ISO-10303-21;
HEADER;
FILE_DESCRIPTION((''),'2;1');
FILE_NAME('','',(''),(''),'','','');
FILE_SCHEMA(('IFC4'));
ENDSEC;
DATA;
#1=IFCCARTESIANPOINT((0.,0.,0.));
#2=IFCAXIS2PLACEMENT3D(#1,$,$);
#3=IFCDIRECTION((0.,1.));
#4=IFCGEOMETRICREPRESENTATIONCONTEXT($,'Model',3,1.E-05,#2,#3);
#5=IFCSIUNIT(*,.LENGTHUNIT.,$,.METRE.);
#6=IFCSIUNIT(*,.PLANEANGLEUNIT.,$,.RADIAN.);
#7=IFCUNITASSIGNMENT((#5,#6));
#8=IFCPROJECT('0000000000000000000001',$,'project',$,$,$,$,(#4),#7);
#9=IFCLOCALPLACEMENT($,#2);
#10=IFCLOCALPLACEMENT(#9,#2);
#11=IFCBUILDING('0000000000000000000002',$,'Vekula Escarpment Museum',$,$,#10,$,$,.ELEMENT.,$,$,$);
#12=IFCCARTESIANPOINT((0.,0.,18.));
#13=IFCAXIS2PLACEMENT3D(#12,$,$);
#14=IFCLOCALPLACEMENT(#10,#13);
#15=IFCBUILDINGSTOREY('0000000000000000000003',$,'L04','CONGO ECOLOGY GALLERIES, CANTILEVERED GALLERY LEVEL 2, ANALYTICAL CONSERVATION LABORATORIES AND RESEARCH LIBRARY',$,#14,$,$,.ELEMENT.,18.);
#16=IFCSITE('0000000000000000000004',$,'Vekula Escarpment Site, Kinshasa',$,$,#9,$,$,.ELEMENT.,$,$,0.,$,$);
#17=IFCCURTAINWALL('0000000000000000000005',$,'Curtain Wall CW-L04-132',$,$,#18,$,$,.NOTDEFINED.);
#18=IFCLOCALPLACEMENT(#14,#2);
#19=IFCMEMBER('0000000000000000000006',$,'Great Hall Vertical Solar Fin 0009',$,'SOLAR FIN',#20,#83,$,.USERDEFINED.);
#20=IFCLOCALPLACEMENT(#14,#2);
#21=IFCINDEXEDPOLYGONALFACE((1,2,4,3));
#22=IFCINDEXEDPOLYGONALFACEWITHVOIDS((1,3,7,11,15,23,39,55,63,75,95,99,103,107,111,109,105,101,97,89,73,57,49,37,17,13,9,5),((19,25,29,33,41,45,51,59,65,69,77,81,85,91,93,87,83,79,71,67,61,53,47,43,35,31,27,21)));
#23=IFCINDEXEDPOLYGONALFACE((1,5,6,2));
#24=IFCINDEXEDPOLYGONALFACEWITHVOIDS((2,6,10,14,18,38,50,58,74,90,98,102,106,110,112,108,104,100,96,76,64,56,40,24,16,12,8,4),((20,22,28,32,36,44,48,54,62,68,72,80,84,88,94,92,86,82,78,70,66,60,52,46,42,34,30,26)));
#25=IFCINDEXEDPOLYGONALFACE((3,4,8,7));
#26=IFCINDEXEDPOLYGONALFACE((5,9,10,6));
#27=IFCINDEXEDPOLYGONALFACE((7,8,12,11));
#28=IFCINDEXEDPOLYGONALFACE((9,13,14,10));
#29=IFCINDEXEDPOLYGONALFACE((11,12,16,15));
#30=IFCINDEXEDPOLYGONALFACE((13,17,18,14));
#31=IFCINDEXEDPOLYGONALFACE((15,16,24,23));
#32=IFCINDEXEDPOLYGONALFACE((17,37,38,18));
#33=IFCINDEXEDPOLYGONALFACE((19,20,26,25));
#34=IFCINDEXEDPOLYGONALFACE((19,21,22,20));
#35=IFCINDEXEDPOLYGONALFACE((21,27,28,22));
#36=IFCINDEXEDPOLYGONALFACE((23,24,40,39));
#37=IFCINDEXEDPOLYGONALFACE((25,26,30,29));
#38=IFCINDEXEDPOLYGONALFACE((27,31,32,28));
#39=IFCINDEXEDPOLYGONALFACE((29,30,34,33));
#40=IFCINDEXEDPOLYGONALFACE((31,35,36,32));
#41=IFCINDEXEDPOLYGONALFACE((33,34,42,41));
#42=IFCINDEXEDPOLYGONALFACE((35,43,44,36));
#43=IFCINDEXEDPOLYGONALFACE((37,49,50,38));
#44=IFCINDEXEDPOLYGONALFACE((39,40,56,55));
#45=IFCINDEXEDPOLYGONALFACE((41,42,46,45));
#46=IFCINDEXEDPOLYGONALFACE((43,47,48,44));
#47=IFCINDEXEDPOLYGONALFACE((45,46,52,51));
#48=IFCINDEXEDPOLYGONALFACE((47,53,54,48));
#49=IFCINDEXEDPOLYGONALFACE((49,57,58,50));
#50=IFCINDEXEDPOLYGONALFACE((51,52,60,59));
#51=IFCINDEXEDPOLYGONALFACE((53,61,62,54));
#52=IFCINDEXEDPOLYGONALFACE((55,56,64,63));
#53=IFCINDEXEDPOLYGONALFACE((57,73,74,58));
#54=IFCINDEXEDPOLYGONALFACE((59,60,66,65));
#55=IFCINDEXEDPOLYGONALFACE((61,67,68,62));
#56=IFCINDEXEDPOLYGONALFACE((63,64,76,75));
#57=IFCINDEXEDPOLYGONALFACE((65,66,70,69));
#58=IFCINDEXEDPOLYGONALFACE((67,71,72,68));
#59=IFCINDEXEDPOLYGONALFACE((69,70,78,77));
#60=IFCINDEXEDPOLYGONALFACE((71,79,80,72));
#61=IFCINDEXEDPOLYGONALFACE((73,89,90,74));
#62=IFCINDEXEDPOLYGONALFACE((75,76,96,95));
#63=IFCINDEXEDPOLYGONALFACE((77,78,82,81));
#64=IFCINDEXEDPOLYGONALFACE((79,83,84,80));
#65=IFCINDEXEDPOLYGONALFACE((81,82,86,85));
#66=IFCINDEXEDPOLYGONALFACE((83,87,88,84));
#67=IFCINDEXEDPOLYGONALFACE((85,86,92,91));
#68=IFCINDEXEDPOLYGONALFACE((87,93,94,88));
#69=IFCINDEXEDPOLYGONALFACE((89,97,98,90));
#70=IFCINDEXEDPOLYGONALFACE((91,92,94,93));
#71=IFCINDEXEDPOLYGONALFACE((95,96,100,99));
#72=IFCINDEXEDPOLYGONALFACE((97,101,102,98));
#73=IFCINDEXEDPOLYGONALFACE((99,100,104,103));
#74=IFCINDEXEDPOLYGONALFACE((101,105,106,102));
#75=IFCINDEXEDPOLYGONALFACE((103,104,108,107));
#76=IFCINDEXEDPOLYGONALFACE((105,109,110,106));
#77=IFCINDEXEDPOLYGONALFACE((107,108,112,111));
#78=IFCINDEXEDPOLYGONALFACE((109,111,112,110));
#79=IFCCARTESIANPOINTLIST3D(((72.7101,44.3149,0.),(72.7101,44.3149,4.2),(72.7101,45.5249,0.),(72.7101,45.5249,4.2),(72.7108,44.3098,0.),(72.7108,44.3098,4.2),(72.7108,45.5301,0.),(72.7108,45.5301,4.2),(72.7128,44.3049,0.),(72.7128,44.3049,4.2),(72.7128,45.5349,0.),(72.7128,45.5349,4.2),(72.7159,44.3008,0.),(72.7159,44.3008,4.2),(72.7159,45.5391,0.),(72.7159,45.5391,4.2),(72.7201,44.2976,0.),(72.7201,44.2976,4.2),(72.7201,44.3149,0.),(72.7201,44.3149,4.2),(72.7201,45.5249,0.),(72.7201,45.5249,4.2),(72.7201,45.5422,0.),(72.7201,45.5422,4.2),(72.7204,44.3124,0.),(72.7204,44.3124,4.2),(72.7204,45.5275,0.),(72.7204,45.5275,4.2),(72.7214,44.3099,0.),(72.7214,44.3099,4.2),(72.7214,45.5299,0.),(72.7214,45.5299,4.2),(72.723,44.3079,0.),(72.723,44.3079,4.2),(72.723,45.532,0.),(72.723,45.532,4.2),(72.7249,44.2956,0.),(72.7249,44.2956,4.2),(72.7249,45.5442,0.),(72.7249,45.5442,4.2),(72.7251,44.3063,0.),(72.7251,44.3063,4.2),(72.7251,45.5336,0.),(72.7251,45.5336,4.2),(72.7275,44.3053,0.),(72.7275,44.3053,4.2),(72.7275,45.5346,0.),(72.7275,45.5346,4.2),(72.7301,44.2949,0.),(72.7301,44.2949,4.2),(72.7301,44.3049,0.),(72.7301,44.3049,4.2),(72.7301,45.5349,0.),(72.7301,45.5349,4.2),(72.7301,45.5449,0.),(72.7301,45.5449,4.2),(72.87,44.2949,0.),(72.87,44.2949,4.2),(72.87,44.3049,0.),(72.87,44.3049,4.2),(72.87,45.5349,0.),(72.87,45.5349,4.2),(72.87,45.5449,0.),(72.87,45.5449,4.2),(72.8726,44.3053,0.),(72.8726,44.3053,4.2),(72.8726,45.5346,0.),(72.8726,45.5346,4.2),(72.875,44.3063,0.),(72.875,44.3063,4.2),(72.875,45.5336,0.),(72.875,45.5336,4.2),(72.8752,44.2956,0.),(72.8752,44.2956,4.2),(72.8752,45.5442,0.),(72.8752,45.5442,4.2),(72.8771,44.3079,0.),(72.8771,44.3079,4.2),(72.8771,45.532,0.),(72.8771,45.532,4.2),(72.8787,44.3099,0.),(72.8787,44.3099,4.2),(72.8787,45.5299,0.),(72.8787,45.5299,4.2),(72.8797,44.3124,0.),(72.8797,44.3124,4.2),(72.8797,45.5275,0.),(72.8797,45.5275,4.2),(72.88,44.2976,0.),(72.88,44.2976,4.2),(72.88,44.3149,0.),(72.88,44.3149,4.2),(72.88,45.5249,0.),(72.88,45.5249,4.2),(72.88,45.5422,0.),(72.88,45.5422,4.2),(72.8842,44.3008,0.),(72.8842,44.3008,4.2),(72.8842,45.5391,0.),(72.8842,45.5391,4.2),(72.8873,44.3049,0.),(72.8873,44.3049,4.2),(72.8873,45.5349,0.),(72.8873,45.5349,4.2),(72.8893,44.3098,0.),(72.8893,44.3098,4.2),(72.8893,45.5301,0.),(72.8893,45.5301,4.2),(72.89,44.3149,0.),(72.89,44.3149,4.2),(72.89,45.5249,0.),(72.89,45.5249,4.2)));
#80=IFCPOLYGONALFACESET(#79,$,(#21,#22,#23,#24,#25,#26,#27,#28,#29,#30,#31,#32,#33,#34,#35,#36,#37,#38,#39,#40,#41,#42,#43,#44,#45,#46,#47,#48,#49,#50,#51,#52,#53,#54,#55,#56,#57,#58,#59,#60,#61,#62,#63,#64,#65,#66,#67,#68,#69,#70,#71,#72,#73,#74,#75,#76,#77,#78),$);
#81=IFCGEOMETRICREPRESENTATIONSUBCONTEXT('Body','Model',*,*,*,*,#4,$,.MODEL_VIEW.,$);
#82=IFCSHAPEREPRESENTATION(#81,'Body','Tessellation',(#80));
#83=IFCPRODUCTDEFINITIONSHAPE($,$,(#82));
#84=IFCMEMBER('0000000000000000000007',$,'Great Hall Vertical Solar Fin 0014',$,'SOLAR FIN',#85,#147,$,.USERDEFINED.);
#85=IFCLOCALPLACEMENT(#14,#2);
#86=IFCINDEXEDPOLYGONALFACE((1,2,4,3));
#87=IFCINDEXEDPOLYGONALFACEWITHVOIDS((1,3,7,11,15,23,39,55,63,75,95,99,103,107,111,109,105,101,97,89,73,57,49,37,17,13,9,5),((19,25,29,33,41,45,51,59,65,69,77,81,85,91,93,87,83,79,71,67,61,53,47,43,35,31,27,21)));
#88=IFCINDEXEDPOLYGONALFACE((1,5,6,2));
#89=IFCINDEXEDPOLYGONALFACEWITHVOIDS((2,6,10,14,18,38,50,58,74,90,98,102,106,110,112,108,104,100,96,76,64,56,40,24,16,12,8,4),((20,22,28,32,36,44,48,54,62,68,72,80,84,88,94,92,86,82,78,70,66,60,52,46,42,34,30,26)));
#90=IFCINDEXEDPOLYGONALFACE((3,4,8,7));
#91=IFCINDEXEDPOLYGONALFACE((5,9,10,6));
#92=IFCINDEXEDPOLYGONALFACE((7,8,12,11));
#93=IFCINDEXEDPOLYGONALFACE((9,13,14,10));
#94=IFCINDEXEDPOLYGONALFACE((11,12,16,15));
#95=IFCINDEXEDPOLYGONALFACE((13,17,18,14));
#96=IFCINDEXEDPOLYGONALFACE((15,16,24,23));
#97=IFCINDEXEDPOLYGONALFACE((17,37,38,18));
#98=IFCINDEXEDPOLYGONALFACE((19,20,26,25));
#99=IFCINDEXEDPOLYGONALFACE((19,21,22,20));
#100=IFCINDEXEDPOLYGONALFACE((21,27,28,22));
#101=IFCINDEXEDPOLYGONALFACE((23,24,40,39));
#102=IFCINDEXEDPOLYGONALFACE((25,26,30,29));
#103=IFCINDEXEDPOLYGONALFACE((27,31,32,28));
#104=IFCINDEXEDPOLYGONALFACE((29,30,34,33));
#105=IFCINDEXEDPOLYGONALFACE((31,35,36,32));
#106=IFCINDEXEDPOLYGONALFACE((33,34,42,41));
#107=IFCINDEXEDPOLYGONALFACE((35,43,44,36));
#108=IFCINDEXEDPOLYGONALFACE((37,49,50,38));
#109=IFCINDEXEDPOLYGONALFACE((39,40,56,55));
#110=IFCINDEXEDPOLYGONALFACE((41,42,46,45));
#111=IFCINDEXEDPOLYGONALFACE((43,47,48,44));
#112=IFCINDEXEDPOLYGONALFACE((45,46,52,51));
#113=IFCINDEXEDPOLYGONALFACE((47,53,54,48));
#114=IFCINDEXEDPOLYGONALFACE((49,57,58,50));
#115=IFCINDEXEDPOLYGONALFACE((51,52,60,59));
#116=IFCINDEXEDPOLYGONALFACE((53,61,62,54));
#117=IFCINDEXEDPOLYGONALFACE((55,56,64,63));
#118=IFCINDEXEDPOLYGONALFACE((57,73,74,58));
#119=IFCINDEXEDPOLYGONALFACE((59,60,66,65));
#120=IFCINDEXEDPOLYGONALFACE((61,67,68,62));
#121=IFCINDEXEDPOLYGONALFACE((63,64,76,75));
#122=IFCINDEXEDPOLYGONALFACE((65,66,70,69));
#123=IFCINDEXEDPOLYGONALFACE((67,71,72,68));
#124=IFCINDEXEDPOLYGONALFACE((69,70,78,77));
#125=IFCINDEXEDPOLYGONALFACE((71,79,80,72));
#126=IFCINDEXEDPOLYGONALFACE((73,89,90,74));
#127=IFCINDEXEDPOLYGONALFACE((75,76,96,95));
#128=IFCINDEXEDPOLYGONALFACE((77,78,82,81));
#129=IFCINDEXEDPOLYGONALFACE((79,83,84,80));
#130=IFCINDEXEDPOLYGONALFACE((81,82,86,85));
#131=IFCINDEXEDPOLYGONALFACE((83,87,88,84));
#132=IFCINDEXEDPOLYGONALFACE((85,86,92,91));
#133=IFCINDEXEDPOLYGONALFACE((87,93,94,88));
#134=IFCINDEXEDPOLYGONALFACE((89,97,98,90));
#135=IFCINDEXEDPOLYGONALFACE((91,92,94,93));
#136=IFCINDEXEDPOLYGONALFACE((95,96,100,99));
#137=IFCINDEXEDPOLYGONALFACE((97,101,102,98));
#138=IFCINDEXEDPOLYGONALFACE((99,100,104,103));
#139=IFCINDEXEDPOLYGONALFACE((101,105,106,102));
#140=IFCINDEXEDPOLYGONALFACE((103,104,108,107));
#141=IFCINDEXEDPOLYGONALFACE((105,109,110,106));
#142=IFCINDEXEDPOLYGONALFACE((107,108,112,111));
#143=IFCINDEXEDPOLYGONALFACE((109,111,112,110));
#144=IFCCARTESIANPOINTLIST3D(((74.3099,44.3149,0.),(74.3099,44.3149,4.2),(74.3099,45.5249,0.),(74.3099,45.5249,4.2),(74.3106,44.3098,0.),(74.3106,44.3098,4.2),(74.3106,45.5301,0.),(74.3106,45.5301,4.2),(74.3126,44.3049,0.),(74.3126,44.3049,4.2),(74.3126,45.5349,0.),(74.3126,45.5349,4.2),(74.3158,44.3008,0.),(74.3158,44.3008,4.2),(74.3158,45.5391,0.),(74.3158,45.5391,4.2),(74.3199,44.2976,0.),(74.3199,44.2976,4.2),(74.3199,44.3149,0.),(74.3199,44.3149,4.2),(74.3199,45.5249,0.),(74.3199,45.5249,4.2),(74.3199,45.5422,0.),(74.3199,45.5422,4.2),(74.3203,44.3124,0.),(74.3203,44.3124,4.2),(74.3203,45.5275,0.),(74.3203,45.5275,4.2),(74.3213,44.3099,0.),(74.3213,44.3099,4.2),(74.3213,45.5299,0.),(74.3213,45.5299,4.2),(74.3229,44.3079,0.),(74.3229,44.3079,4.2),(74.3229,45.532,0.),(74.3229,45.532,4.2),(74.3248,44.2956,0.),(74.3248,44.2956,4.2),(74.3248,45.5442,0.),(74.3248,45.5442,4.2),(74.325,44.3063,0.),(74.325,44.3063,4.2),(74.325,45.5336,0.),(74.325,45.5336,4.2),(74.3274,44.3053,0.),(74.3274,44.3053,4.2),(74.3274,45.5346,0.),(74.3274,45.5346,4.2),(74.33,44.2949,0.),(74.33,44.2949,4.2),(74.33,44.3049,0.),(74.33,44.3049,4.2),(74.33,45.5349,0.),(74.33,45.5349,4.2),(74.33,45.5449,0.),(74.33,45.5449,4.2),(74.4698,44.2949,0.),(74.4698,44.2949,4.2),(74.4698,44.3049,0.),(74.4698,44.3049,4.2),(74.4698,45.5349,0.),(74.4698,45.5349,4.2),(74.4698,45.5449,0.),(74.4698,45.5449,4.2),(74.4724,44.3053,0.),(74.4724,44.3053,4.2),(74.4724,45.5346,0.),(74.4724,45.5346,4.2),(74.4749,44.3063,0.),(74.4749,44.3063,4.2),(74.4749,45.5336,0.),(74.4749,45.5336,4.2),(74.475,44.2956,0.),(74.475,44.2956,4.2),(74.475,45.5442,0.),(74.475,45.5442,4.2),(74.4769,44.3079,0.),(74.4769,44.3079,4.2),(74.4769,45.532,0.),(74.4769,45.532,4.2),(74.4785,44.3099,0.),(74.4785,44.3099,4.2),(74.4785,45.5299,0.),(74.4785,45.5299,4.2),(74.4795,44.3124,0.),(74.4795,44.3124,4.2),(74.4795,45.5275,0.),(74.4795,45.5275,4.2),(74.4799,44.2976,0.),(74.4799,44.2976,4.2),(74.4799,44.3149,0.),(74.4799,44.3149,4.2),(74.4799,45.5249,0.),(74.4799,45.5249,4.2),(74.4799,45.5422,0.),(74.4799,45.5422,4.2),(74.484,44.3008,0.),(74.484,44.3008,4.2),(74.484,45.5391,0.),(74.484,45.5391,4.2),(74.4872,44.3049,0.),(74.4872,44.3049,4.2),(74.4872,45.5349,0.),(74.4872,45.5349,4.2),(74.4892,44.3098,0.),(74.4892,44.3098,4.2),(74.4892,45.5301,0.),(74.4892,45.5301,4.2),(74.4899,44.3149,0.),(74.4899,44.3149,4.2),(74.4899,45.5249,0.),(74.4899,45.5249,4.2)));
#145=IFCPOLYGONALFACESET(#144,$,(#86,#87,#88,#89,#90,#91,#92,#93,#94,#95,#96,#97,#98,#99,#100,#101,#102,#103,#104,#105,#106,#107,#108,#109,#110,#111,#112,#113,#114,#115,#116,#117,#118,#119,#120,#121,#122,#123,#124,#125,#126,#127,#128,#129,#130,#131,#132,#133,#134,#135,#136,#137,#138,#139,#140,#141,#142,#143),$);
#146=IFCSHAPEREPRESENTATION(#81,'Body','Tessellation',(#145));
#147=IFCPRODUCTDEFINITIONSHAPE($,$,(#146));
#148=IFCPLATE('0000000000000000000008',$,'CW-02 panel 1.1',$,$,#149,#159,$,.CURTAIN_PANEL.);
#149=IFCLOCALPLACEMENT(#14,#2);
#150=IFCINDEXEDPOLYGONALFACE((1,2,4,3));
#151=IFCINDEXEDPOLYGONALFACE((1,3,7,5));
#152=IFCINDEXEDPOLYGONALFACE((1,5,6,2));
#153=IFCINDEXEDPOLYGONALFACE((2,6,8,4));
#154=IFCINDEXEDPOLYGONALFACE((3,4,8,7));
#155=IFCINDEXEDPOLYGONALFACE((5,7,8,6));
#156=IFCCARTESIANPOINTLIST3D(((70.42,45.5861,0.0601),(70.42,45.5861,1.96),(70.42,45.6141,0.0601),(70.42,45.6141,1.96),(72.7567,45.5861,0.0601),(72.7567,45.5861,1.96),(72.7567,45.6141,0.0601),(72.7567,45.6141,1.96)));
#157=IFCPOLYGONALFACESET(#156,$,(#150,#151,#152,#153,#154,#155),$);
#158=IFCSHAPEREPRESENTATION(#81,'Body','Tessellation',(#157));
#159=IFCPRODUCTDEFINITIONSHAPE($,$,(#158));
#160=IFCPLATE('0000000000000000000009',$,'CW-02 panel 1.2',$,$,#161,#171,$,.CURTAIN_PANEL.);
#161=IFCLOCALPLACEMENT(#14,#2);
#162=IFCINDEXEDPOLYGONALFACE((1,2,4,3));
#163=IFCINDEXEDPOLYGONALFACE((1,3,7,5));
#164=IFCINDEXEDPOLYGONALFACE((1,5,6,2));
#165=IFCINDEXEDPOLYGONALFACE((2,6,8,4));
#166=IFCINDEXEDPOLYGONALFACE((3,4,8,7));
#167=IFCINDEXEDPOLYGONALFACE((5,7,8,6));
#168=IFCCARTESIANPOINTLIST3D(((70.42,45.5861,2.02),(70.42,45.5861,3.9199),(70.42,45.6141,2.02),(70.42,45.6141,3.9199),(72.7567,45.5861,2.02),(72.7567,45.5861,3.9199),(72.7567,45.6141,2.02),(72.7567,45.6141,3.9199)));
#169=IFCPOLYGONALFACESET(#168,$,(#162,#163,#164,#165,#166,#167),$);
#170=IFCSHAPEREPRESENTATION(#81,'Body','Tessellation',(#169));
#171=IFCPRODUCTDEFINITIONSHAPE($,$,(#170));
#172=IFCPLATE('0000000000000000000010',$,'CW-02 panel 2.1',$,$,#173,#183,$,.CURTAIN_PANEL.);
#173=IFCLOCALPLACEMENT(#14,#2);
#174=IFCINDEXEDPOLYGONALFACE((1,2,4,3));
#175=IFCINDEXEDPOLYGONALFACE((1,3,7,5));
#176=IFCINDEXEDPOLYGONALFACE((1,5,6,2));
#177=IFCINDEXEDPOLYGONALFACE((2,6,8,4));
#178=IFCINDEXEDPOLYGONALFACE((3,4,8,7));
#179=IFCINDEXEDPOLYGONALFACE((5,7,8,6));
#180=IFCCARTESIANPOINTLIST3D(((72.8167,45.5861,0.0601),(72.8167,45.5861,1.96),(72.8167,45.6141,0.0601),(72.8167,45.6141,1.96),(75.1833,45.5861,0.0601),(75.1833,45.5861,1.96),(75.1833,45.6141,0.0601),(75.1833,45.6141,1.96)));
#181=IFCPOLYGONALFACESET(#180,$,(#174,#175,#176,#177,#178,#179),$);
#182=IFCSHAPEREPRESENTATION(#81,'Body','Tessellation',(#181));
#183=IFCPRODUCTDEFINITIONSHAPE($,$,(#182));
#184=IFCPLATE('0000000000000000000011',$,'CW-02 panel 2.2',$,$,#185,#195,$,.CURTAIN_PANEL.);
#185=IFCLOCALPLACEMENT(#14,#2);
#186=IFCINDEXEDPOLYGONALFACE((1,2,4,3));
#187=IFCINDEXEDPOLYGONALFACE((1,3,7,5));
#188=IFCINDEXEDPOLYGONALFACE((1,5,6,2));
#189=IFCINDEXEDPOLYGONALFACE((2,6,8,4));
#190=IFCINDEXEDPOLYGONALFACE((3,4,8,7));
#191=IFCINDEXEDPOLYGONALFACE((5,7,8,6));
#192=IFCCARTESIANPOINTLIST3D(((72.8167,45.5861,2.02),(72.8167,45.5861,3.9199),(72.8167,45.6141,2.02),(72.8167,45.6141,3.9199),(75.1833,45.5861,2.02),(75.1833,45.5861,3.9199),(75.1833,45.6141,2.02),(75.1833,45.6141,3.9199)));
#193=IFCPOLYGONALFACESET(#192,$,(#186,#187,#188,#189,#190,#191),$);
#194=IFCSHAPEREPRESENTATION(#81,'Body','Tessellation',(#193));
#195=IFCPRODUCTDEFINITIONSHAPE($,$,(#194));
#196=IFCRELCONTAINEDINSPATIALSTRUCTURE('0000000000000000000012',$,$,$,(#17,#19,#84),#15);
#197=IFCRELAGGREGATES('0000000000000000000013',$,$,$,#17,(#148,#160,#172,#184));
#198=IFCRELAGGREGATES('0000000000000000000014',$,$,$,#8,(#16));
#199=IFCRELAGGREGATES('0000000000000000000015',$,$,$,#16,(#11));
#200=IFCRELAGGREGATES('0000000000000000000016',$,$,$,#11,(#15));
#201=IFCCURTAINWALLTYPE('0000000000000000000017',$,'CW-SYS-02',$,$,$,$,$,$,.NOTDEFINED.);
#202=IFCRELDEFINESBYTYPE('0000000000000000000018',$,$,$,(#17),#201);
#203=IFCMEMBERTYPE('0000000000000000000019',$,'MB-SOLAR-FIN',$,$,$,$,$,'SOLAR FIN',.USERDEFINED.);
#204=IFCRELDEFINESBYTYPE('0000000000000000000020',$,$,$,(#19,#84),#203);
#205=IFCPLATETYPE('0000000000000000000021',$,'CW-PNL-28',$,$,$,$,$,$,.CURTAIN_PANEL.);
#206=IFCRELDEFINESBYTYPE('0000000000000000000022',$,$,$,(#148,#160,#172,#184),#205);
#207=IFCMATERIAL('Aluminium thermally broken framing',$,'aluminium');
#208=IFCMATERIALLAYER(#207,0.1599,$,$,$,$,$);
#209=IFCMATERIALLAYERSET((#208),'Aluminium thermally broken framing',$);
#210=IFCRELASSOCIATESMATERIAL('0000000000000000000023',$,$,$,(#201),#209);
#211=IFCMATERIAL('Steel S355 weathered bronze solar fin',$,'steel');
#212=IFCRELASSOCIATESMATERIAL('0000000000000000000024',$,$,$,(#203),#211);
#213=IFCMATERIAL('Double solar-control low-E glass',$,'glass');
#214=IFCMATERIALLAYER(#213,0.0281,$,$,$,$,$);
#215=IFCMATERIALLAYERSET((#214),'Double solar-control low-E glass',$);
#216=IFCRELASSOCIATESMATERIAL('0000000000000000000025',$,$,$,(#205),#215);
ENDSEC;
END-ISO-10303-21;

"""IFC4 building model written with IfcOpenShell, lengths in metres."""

from ifc_helpers import new_model, si_unit, direction, frame, origin, origin_2d, place, context, subcontext, project, spatial, rectangle, hollow_rectangle, extrude, material, layer, layer_set, material_profile, profile_set, type_object, element, aggregate, save


model = new_model("IFC4")

# Units and contexts
model_context = context("Model", 3, precision=1e-05, world=origin(), true_north=direction((0.0, 1.0)))
body_context = subcontext(model_context, "Body", "Model", "MODEL_VIEW")
ifc_project = project(units=[si_unit("LENGTHUNIT", "METRE"), si_unit("PLANEANGLEUNIT", "RADIAN")], contexts=[model_context])

# Site, building, storey
site_placement = place(None, origin())
site = spatial("IfcSite", under=ifc_project, at=site_placement, Name="Vekula Escarpment Site, Kinshasa", CompositionType="ELEMENT", RefElevation=0.0)
building_placement = place(site_placement, origin())
building = spatial("IfcBuilding", under=site, at=building_placement, Name="Vekula Escarpment Museum", CompositionType="ELEMENT")
storey_placement = place(building_placement, frame((0.0, 0.0, 18.0)))
storey = spatial("IfcBuildingStorey", under=building, at=storey_placement, Name="L04", Description="CONGO ECOLOGY GALLERIES, CANTILEVERED GALLERY LEVEL 2, ANALYTICAL CONSERVATION LABORATORIES AND RESEARCH LIBRARY", CompositionType="ELEMENT", Elevation=18.0)

# Curtain wall
ifc_material_1 = material(Name="Aluminium thermally broken framing", Category="aluminium")
ifc_layer_1 = layer(ifc_material_1, 0.1599)
ifc_layer_set_1 = layer_set([ifc_layer_1], Name="Aluminium thermally broken framing")
curtain_wall_type_1 = type_object("IfcCurtainWallType", Name="CW-SYS-02", PredefinedType="NOTDEFINED", material=ifc_layer_set_1)
curtain_wall_1_placement = place(storey_placement, origin())
curtain_wall_1 = element("IfcCurtainWall", 1, at=curtain_wall_1_placement, inside=storey, type_object=curtain_wall_type_1, Name="Curtain Wall CW-L04-132", PredefinedType="NOTDEFINED")

# Members
ifc_material_2 = material(Name="Steel S355 weathered bronze solar fin", Category="steel")
ifc_material_profile_1 = material_profile(ifc_material_2, hollow_rectangle(XDim=0.1799, YDim=1.25, WallThickness=0.01, InnerFilletRadius=0.01, OuterFilletRadius=0.02, at=origin_2d()), Name="RHS 1250x180x10")
ifc_profile_set_1 = profile_set([ifc_material_profile_1], Name="Steel S355 weathered bronze solar fin")
member_type_1 = type_object("IfcMemberType", Name="MB-SOLAR-FIN", ElementType="SOLAR FIN", PredefinedType="USERDEFINED", material=ifc_profile_set_1)
for number, where, z_axis, x_axis, name in (
    (2, (72.8, 44.9199, 0.0), (0.0, 0.0, 1.0), (1.0, 0.0, 0.0), "Great Hall Vertical Solar Fin 0009"),
    (3, (74.3999, 44.9199, 0.0), (0.0, 0.0, 1.0), (1.0, 0.0, 0.0), "Great Hall Vertical Solar Fin 0014"),
):
    element("IfcMember", number, at=place(storey_placement, frame(where, z_axis=z_axis, x_axis=x_axis)), inside=storey, type_object=member_type_1, Name=name, ObjectType="SOLAR FIN", PredefinedType="USERDEFINED", context=body_context, shape_type="SweptSolid", body=[
        extrude(hollow_rectangle(XDim=0.1799, YDim=1.25, WallThickness=0.01, InnerFilletRadius=0.01, OuterFilletRadius=0.02, at=origin_2d()), origin(), (0.0, 0.0, 1.0), 4.2),
    ])

# Plates
ifc_material_3 = material(Name="Double solar-control low-E glass", Category="glass")
ifc_layer_2 = layer(ifc_material_3, 0.0281)
ifc_layer_set_2 = layer_set([ifc_layer_2], Name="Double solar-control low-E glass")
plate_type_1 = type_object("IfcPlateType", Name="CW-PNL-28", PredefinedType="CURTAIN_PANEL", material=ifc_layer_set_2)
plate_1_placement = place(storey_placement, frame((71.5884, 45.6001, 0.0601), z_axis=(0.0, 0.0, 1.0), x_axis=(1.0, 0.0, 0.0)))
plate_1 = element("IfcPlate", 4, at=plate_1_placement, type_object=plate_type_1, Name="CW-02 panel 1.1", PredefinedType="CURTAIN_PANEL", context=body_context, shape_type="SweptSolid", body=[
    extrude(rectangle(XDim=2.3367, YDim=0.0281, at=origin_2d()), origin(), (0.0, 0.0, 1.0), 1.8999),
])
plate_2_placement = place(storey_placement, frame((71.5884, 45.6001, 2.02), z_axis=(0.0, 0.0, 1.0), x_axis=(1.0, 0.0, 0.0)))
plate_2 = element("IfcPlate", 5, at=plate_2_placement, type_object=plate_type_1, Name="CW-02 panel 1.2", PredefinedType="CURTAIN_PANEL", context=body_context, shape_type="SweptSolid", body=[
    extrude(rectangle(XDim=2.3367, YDim=0.0281, at=origin_2d()), origin(), (0.0, 0.0, 1.0), 1.8999),
])
plate_3_placement = place(storey_placement, frame((74.0, 45.6001, 0.0601), z_axis=(0.0, 0.0, 1.0), x_axis=(1.0, 0.0, 0.0)))
plate_3 = element("IfcPlate", 6, at=plate_3_placement, type_object=plate_type_1, Name="CW-02 panel 2.1", PredefinedType="CURTAIN_PANEL", context=body_context, shape_type="SweptSolid", body=[
    extrude(rectangle(XDim=2.3667, YDim=0.0281, at=origin_2d()), origin(), (0.0, 0.0, 1.0), 1.8999),
])
plate_4_placement = place(storey_placement, frame((74.0, 45.6001, 2.02), z_axis=(0.0, 0.0, 1.0), x_axis=(1.0, 0.0, 0.0)))
plate_4 = element("IfcPlate", 7, at=plate_4_placement, type_object=plate_type_1, Name="CW-02 panel 2.2", PredefinedType="CURTAIN_PANEL", context=body_context, shape_type="SweptSolid", body=[
    extrude(rectangle(XDim=2.3667, YDim=0.0281, at=origin_2d()), origin(), (0.0, 0.0, 1.0), 1.8999),
])
aggregate(curtain_wall_1, [plate_1, plate_2, plate_3, plate_4])

save(model, "model.ifc")
